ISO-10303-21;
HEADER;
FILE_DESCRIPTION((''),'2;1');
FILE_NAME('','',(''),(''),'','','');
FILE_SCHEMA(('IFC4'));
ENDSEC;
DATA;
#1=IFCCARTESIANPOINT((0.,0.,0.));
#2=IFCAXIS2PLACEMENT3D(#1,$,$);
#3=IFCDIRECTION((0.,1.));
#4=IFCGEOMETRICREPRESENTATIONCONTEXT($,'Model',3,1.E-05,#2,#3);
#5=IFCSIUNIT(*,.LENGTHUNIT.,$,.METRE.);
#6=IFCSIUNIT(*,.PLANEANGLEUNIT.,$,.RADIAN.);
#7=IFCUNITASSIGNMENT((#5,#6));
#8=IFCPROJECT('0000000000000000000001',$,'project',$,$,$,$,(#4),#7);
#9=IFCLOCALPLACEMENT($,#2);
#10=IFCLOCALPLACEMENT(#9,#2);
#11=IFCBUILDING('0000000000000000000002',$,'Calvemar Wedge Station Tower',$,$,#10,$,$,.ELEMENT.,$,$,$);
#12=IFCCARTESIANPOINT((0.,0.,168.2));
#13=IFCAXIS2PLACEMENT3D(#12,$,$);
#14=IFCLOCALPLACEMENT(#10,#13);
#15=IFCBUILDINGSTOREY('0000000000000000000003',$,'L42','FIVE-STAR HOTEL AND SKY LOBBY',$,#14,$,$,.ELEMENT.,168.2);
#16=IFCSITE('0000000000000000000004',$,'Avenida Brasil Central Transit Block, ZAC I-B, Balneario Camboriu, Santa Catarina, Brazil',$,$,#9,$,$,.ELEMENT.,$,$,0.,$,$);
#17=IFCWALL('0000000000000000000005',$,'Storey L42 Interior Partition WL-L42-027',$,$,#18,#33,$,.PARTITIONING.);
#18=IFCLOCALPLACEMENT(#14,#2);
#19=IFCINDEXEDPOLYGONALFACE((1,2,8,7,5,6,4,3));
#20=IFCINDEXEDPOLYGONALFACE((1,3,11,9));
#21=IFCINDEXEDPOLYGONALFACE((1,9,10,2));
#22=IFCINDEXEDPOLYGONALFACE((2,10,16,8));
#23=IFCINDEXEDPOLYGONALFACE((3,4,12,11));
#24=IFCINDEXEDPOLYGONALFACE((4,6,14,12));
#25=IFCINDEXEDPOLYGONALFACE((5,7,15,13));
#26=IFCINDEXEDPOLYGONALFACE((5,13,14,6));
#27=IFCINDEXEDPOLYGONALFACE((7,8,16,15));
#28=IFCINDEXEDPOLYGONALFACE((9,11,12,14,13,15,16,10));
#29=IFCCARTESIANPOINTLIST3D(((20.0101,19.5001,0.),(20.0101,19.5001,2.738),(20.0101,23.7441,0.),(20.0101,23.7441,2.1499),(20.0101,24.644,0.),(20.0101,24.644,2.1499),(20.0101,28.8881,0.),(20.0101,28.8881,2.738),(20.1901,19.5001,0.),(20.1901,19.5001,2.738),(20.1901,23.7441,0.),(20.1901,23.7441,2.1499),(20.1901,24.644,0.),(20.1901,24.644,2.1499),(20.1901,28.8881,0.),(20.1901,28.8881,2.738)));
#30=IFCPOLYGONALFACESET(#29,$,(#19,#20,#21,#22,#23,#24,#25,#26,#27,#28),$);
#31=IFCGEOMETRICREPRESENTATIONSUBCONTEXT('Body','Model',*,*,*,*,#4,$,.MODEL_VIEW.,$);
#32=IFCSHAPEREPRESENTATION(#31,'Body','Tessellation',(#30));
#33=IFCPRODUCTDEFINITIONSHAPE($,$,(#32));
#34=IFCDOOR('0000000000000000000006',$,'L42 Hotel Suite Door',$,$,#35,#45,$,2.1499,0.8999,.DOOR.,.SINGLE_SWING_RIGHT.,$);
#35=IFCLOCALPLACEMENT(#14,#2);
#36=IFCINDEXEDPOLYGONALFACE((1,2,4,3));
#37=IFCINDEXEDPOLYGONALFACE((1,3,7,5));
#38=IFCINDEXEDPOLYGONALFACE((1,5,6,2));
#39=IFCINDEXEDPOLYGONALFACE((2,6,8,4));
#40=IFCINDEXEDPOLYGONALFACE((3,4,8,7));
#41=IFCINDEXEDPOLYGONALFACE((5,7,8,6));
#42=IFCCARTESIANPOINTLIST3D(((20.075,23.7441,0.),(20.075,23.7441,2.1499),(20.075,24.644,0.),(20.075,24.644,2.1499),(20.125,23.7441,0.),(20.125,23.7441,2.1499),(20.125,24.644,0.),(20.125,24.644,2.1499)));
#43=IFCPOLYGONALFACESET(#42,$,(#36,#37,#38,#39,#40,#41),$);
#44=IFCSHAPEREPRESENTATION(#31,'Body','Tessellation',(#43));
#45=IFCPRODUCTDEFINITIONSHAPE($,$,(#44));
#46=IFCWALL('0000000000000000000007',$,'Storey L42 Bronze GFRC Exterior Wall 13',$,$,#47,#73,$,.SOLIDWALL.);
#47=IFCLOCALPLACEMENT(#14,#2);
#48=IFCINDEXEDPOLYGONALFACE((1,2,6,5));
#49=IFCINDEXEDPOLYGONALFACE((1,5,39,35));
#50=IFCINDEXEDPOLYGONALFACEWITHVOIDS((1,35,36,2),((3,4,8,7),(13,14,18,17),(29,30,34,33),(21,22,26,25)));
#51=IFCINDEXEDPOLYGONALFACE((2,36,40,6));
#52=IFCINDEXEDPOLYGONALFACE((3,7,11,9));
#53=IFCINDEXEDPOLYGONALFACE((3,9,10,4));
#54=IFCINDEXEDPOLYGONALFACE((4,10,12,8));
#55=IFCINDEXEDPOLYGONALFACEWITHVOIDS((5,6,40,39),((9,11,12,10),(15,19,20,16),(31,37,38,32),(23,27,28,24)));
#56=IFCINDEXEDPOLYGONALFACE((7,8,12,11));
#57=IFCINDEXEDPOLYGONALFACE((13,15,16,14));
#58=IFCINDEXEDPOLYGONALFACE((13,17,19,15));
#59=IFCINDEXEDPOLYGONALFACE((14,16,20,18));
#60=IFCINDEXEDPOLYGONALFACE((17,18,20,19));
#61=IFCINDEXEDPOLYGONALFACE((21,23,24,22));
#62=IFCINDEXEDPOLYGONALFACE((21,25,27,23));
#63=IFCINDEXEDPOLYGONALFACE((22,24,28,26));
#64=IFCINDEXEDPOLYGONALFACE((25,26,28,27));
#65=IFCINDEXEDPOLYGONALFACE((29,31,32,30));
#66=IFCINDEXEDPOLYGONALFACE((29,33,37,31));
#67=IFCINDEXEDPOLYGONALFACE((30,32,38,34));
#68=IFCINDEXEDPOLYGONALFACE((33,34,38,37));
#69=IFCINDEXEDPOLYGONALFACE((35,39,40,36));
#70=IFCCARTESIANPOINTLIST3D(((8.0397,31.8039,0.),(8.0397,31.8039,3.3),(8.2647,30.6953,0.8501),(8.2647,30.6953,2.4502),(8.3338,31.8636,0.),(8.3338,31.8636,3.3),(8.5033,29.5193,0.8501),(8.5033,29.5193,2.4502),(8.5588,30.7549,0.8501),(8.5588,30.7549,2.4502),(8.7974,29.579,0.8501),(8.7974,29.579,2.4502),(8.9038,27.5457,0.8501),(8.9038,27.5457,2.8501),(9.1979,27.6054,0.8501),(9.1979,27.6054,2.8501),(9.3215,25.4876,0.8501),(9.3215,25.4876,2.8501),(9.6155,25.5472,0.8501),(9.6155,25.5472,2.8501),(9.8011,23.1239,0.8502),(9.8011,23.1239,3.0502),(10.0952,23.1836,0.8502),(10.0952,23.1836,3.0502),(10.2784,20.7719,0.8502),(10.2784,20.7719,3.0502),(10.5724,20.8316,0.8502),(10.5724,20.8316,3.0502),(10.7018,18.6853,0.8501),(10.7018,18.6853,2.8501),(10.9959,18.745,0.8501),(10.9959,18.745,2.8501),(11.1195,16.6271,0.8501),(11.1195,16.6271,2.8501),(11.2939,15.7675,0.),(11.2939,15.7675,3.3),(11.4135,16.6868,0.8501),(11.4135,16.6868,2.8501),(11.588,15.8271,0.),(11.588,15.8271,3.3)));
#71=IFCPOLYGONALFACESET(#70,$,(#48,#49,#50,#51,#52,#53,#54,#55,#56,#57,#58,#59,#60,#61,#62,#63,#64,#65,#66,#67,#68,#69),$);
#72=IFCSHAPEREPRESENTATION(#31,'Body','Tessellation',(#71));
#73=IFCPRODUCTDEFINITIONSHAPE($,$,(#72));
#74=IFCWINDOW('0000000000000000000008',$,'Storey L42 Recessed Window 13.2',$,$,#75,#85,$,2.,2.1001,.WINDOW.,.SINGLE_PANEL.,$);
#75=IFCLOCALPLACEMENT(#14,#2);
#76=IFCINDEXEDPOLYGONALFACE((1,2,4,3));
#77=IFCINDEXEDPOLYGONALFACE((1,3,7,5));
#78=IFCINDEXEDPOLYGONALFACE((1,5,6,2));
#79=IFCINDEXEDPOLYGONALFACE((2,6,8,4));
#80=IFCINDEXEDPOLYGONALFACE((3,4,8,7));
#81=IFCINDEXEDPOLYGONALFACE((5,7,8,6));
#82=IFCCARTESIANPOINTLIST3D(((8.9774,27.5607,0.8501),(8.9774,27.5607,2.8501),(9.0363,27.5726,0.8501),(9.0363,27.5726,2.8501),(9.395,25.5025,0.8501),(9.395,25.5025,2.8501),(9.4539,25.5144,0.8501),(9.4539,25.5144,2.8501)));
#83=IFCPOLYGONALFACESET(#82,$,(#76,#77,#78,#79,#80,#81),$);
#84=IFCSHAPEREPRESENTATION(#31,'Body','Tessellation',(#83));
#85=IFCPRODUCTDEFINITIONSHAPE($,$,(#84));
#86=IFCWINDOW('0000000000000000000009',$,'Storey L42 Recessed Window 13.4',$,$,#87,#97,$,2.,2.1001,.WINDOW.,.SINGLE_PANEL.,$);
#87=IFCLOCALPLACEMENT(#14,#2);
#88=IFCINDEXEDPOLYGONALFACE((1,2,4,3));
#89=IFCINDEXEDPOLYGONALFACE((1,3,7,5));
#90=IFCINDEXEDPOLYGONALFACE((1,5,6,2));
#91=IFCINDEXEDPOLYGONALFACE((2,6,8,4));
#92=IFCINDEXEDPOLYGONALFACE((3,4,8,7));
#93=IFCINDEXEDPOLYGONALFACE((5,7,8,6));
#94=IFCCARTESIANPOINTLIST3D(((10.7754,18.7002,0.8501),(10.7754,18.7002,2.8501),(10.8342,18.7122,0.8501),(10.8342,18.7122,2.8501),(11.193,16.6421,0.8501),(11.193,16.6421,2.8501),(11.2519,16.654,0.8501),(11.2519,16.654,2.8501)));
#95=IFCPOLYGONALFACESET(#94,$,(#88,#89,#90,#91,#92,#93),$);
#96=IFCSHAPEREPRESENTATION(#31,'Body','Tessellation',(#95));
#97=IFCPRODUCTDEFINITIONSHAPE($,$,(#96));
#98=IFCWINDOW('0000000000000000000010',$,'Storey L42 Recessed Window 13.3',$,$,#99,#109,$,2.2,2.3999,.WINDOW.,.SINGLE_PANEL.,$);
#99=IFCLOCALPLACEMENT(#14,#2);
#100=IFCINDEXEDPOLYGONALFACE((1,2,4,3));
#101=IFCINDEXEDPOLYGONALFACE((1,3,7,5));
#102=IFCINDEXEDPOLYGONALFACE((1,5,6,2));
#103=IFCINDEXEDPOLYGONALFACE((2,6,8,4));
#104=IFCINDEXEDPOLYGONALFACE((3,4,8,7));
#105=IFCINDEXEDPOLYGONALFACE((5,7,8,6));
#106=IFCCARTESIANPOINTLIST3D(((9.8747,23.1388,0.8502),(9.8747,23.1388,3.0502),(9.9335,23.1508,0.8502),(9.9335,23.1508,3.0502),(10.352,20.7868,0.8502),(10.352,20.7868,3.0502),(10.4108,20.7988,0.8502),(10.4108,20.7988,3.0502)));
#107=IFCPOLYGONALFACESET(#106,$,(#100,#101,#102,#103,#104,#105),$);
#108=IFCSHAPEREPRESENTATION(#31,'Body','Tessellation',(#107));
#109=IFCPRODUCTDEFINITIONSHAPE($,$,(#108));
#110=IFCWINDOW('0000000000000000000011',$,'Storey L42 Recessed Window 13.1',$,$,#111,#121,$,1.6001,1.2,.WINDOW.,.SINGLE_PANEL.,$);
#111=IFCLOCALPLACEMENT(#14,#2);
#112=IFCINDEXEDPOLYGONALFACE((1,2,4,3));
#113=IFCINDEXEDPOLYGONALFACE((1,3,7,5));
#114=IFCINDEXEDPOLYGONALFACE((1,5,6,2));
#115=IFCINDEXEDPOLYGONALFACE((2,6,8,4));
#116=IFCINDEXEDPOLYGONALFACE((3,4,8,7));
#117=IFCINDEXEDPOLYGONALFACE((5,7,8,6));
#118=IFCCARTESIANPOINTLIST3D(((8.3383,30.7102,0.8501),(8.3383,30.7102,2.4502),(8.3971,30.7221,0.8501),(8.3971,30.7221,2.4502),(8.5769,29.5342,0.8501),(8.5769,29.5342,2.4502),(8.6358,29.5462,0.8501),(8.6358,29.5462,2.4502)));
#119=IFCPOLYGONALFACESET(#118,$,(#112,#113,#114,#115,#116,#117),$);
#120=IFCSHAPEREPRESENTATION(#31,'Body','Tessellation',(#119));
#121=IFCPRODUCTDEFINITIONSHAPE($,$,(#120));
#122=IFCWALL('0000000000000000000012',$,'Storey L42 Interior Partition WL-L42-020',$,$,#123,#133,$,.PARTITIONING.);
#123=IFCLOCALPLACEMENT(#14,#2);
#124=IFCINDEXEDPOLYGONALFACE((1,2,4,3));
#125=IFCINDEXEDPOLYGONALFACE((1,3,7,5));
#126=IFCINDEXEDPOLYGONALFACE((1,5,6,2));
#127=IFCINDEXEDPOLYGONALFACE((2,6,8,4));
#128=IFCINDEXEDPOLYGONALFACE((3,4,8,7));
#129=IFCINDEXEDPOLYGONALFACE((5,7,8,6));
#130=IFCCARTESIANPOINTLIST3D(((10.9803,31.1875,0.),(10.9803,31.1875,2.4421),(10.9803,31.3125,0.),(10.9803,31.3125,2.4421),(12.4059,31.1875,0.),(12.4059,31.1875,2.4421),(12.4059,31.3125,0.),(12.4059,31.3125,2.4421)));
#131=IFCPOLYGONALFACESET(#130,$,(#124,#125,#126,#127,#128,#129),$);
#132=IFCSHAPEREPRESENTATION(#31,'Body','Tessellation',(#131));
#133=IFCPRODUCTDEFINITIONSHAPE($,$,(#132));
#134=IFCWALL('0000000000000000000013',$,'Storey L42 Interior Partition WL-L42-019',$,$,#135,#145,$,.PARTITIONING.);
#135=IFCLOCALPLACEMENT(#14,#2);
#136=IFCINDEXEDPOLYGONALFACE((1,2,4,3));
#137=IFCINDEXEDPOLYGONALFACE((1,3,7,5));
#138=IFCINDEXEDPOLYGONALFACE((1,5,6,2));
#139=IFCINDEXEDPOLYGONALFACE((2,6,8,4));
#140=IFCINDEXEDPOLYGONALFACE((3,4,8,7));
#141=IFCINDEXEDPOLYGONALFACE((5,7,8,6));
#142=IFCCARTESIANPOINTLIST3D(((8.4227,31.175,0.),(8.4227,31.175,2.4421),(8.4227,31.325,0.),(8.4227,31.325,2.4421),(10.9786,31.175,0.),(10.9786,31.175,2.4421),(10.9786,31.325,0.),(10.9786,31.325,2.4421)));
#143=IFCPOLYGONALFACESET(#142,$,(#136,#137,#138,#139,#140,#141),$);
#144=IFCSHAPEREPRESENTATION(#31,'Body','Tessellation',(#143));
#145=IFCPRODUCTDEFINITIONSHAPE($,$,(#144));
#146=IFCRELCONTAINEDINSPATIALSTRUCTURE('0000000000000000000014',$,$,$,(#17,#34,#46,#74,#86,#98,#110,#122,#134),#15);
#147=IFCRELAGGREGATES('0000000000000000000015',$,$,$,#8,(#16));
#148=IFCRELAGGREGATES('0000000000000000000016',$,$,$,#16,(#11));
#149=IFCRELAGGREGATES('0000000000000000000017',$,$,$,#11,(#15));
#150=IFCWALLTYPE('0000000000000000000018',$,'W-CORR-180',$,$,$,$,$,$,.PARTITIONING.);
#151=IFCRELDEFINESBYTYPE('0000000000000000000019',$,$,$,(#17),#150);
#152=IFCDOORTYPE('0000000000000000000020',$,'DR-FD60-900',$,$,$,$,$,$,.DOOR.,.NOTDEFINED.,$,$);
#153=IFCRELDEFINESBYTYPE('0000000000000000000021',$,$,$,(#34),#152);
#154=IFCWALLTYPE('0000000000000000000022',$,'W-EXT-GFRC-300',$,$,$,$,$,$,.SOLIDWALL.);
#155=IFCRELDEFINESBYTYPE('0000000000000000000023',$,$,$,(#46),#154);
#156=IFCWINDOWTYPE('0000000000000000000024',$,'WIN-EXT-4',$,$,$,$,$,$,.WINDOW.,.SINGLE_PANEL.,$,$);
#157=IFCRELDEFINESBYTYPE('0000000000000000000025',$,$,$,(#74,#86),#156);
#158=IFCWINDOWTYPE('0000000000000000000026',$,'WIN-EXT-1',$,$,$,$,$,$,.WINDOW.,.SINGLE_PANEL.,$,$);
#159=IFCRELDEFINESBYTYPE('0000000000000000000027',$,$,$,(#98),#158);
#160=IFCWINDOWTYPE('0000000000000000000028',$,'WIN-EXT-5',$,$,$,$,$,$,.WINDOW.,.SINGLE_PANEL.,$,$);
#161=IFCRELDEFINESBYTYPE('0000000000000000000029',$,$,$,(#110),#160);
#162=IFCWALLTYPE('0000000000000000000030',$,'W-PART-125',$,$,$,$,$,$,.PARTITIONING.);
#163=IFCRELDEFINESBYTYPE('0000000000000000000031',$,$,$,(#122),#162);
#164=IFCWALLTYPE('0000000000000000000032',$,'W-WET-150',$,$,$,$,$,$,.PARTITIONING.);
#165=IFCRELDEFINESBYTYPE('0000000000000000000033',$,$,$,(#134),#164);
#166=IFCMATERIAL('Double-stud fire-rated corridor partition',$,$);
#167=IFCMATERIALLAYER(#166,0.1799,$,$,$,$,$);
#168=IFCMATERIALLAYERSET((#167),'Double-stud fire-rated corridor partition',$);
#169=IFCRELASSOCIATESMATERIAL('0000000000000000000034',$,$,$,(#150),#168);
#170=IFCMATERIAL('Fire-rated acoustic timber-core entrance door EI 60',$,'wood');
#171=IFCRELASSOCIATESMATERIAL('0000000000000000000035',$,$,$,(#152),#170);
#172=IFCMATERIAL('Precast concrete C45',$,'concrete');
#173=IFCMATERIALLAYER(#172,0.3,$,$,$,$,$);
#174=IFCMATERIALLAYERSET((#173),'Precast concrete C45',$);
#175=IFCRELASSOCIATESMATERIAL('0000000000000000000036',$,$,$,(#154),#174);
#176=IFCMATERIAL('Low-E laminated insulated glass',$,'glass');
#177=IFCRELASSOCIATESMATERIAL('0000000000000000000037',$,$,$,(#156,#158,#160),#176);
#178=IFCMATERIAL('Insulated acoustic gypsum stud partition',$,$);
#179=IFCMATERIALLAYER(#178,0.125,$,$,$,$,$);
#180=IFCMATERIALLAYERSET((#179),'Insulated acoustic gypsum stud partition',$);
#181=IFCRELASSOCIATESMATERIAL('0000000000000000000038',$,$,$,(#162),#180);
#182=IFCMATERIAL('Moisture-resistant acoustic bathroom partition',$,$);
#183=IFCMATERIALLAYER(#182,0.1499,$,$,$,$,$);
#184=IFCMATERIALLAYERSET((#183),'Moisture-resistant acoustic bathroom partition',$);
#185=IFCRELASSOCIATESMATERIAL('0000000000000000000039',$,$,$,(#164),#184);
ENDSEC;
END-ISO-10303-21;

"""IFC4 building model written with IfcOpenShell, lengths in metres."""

from ifc_helpers import new_model, si_unit, direction, frame, frame_2d, origin, place, context, subcontext, project, spatial, rectangle, extrude, source, transform, mapped, material, layer, layer_set, type_object, element, fill, save


model = new_model("IFC4")

# Units and contexts
model_context = context("Model", 3, precision=1e-05, world=origin(), true_north=direction((0.0, 1.0)))
body_context = subcontext(model_context, "Body", "Model", "MODEL_VIEW")
ifc_project = project(units=[si_unit("LENGTHUNIT", "METRE"), si_unit("PLANEANGLEUNIT", "RADIAN")], contexts=[model_context])

# Site, building, storey
site_placement = place(None, origin())
site = spatial("IfcSite", under=ifc_project, at=site_placement, Name="Avenida Brasil Central Transit Block, ZAC I-B, Balneario Camboriu, Santa Catarina, Brazil", CompositionType="ELEMENT", RefElevation=0.0)
building_placement = place(site_placement, origin())
building = spatial("IfcBuilding", under=site, at=building_placement, Name="Calvemar Wedge Station Tower", CompositionType="ELEMENT")
storey_placement = place(building_placement, frame((0.0, 0.0, 168.2)))
storey = spatial("IfcBuildingStorey", under=building, at=storey_placement, Name="L42", Description="FIVE-STAR HOTEL AND SKY LOBBY", CompositionType="ELEMENT", Elevation=168.2)

# Shared definitions
ifc_material_1 = material(Name="Double-stud fire-rated corridor partition")
ifc_layer_1 = layer(ifc_material_1, 0.1799)
ifc_layer_set_1 = layer_set([ifc_layer_1], Name="Double-stud fire-rated corridor partition")
wall_type_1 = type_object("IfcWallType", Name="W-CORR-180", PredefinedType="PARTITIONING", material=ifc_layer_set_1)

# Wall, opening, door
wall_1_placement = place(storey_placement, frame((20.1001, 28.8879, 0.0), z_axis=(0.0, 0.0, 1.0), x_axis=(0.0, -1.0, 0.0)))
wall_1 = element("IfcWall", 1, at=wall_1_placement, inside=storey, type_object=wall_type_1, Name="Storey L42 Interior Partition WL-L42-027", PredefinedType="PARTITIONING", context=body_context, shape_type="SweptSolid", body=[
    extrude(rectangle(XDim=9.3879, YDim=0.1799, at=frame_2d((4.6938, 0.0))), origin(), (0.0, 0.0, 1.0), 2.738),
])
shared_shape_1 = source(origin(), body_context, "Body", "SweptSolid", [
    extrude(rectangle(XDim=0.8999, YDim=2.1499, at=frame_2d((0.45, 1.075))), frame((0.0, 0.1001, 0.0), z_axis=(0.0, -1.0, 0.0), x_axis=(1.0, 0.0, 0.0)), (0.0, 0.0, 1.0), 0.2),
])
opening_1_placement = place(wall_1_placement, frame((4.2439, 0.0, 0.0)))
opening_1 = element("IfcOpeningElement", 2, at=opening_1_placement, cuts=wall_1, PredefinedType="OPENING", context=body_context, shape_type="MappedRepresentation", body=[
    mapped(shared_shape_1, transform((0.0, 0.0, 0.0), scale=1.0)),
])
ifc_material_2 = material(Name="Fire-rated acoustic timber-core entrance door EI 60", Category="wood")
door_type_1 = type_object("IfcDoorType", Name="DR-FD60-900", OperationType="NOTDEFINED", PredefinedType="DOOR", material=ifc_material_2)
shared_shape_2 = source(origin(), body_context, "Body", "SweptSolid", [
    extrude(rectangle(XDim=0.8999, YDim=2.1499, at=frame_2d((0.45, 1.075))), frame((0.0, 0.0249, 0.0), z_axis=(0.0, -1.0, 0.0), x_axis=(1.0, 0.0, 0.0)), (0.0, 0.0, 1.0), 0.05),
])
door_1_placement = place(opening_1_placement, origin())
door_1 = element("IfcDoor", 3, at=door_1_placement, inside=storey, type_object=door_type_1, Name="L42 Hotel Suite Door", OperationType="SINGLE_SWING_RIGHT", OverallHeight=2.1499, OverallWidth=0.8999, PredefinedType="DOOR", context=body_context, shape_type="MappedRepresentation", body=[
    mapped(shared_shape_2, transform((0.0, 0.0, 0.0), scale=1.0)),
])
fill(opening_1, door_1)

# Wall, openings, windows
ifc_material_3 = material(Name="Precast concrete C45", Category="concrete")
ifc_layer_2 = layer(ifc_material_3, 0.3)
ifc_layer_set_2 = layer_set([ifc_layer_2], Name="Precast concrete C45")
wall_type_2 = type_object("IfcWallType", Name="W-EXT-GFRC-300", PredefinedType="SOLIDWALL", material=ifc_layer_set_2)
wall_2_placement = place(storey_placement, frame((8.1868, 31.8337, 0.0), z_axis=(0.0, 0.0, 1.0), x_axis=(0.19887, -0.980026, 0.0)))
wall_2 = element("IfcWall", 4, at=wall_2_placement, inside=storey, type_object=wall_type_2, Name="Storey L42 Bronze GFRC Exterior Wall 13", PredefinedType="SOLIDWALL", context=body_context, shape_type="SweptSolid", body=[
    extrude(rectangle(XDim=16.3633, YDim=0.3, at=frame_2d((8.1816, 0.0))), origin(), (0.0, 0.0, 1.0), 3.3),
])
shared_shape_3 = source(origin(), body_context, "Body", "SweptSolid", [
    extrude(rectangle(XDim=1.2, YDim=1.6001, at=frame_2d((0.6001, 0.8))), frame((0.0, 0.1602, 0.0), z_axis=(0.0, -1.0, 0.0), x_axis=(1.0, 0.0, 0.0)), (0.0, 0.0, 1.0), 0.3201),
])
opening_2_placement = place(wall_2_placement, frame((1.1311, 0.0, 0.8501)))
opening_2 = element("IfcOpeningElement", 5, at=opening_2_placement, cuts=wall_2, PredefinedType="OPENING", context=body_context, shape_type="MappedRepresentation", body=[
    mapped(shared_shape_3, transform((0.0, 0.0, 0.0), scale=1.0)),
])
shared_shape_4 = source(origin(), body_context, "Body", "SweptSolid", [
    extrude(rectangle(XDim=2.1001, YDim=2.0, at=frame_2d((1.05, 1.0))), frame((0.0, 0.1602, 0.0), z_axis=(0.0, -1.0, 0.0), x_axis=(1.0, 0.0, 0.0)), (0.0, 0.0, 1.0), 0.3201),
])
opening_3_placement = place(wall_2_placement, frame((4.345, 0.0, 0.8501)))
opening_3 = element("IfcOpeningElement", 6, at=opening_3_placement, cuts=wall_2, PredefinedType="OPENING", context=body_context, shape_type="MappedRepresentation", body=[
    mapped(shared_shape_4, transform((0.0, 0.0, 0.0), scale=1.0)),
])
shared_shape_5 = source(origin(), body_context, "Body", "SweptSolid", [
    extrude(rectangle(XDim=2.3999, YDim=2.2, at=frame_2d((1.2, 1.1001))), frame((0.0, 0.1602, 0.0), z_axis=(0.0, -1.0, 0.0), x_axis=(1.0, 0.0, 0.0)), (0.0, 0.0, 1.0), 0.3201),
])
opening_4_placement = place(wall_2_placement, frame((8.8569, 0.0, 0.8501)))
opening_4 = element("IfcOpeningElement", 7, at=opening_4_placement, cuts=wall_2, PredefinedType="OPENING", context=body_context, shape_type="MappedRepresentation", body=[
    mapped(shared_shape_5, transform((0.0, 0.0, 0.0), scale=1.0)),
])
opening_5_placement = place(wall_2_placement, frame((13.386, 0.0, 0.8501)))
opening_5 = element("IfcOpeningElement", 8, at=opening_5_placement, cuts=wall_2, PredefinedType="OPENING", context=body_context, shape_type="MappedRepresentation", body=[
    mapped(shared_shape_4, transform((0.0, 0.0, 0.0), scale=1.0)),
])
ifc_material_4 = material(Name="Low-E laminated insulated glass", Category="glass")
window_type_1 = type_object("IfcWindowType", Name="WIN-EXT-4", PartitioningType="SINGLE_PANEL", PredefinedType="WINDOW", material=ifc_material_4)
shared_shape_6 = source(origin(), body_context, "Body", "SweptSolid", [
    extrude(rectangle(XDim=2.1001, YDim=2.0, at=frame_2d((1.05, 1.0))), frame((0.0, -0.0149, 0.0), z_axis=(0.0, -1.0, 0.0), x_axis=(1.0, 0.0, 0.0)), (0.0, 0.0, 1.0), 0.0601),
])
window_1_placement = place(opening_3_placement, origin())
window_1 = element("IfcWindow", 9, at=window_1_placement, inside=storey, type_object=window_type_1, Name="Storey L42 Recessed Window 13.2", OverallHeight=2.0, OverallWidth=2.1001, PartitioningType="SINGLE_PANEL", PredefinedType="WINDOW", context=body_context, shape_type="MappedRepresentation", body=[
    mapped(shared_shape_6, transform((0.0, 0.0, 0.0), scale=1.0)),
])
fill(opening_3, window_1)
window_2_placement = place(opening_5_placement, origin())
window_2 = element("IfcWindow", 10, at=window_2_placement, inside=storey, type_object=window_type_1, Name="Storey L42 Recessed Window 13.4", OverallHeight=2.0, OverallWidth=2.1001, PartitioningType="SINGLE_PANEL", PredefinedType="WINDOW", context=body_context, shape_type="MappedRepresentation", body=[
    mapped(shared_shape_6, transform((0.0, 0.0, 0.0), scale=1.0)),
])
fill(opening_5, window_2)
window_type_2 = type_object("IfcWindowType", Name="WIN-EXT-1", PartitioningType="SINGLE_PANEL", PredefinedType="WINDOW", material=ifc_material_4)
shared_shape_7 = source(origin(), body_context, "Body", "SweptSolid", [
    extrude(rectangle(XDim=2.3999, YDim=2.2, at=frame_2d((1.2, 1.1001))), frame((0.0, -0.0149, 0.0), z_axis=(0.0, -1.0, 0.0), x_axis=(1.0, 0.0, 0.0)), (0.0, 0.0, 1.0), 0.0601),
])
window_3_placement = place(opening_4_placement, origin())
window_3 = element("IfcWindow", 11, at=window_3_placement, inside=storey, type_object=window_type_2, Name="Storey L42 Recessed Window 13.3", OverallHeight=2.2, OverallWidth=2.3999, PartitioningType="SINGLE_PANEL", PredefinedType="WINDOW", context=body_context, shape_type="MappedRepresentation", body=[
    mapped(shared_shape_7, transform((0.0, 0.0, 0.0), scale=1.0)),
])
fill(opening_4, window_3)
window_type_3 = type_object("IfcWindowType", Name="WIN-EXT-5", PartitioningType="SINGLE_PANEL", PredefinedType="WINDOW", material=ifc_material_4)
shared_shape_8 = source(origin(), body_context, "Body", "SweptSolid", [
    extrude(rectangle(XDim=1.2, YDim=1.6001, at=frame_2d((0.6001, 0.8))), frame((0.0, -0.0149, 0.0), z_axis=(0.0, -1.0, 0.0), x_axis=(1.0, 0.0, 0.0)), (0.0, 0.0, 1.0), 0.0601),
])
window_4_placement = place(opening_2_placement, origin())
window_4 = element("IfcWindow", 12, at=window_4_placement, inside=storey, type_object=window_type_3, Name="Storey L42 Recessed Window 13.1", OverallHeight=1.6001, OverallWidth=1.2, PartitioningType="SINGLE_PANEL", PredefinedType="WINDOW", context=body_context, shape_type="MappedRepresentation", body=[
    mapped(shared_shape_8, transform((0.0, 0.0, 0.0), scale=1.0)),
])
fill(opening_2, window_4)

# Walls
ifc_material_5 = material(Name="Insulated acoustic gypsum stud partition")
ifc_layer_3 = layer(ifc_material_5, 0.125)
ifc_layer_set_3 = layer_set([ifc_layer_3], Name="Insulated acoustic gypsum stud partition")
wall_type_3 = type_object("IfcWallType", Name="W-PART-125", PredefinedType="PARTITIONING", material=ifc_layer_set_3)
wall_3_placement = place(storey_placement, frame((12.406, 31.25, 0.0), z_axis=(0.0, 0.0, 1.0), x_axis=(-1.0, 0.0, 0.0)))
element("IfcWall", 13, at=wall_3_placement, inside=storey, type_object=wall_type_3, Name="Storey L42 Interior Partition WL-L42-020", PredefinedType="PARTITIONING", context=body_context, shape_type="SweptSolid", body=[
    extrude(rectangle(XDim=1.4255, YDim=0.125, at=frame_2d((0.7129, 0.0))), origin(), (0.0, 0.0, 1.0), 2.4421),
])
ifc_material_6 = material(Name="Moisture-resistant acoustic bathroom partition")
ifc_layer_4 = layer(ifc_material_6, 0.1499)
ifc_layer_set_4 = layer_set([ifc_layer_4], Name="Moisture-resistant acoustic bathroom partition")
wall_type_4 = type_object("IfcWallType", Name="W-WET-150", PredefinedType="PARTITIONING", material=ifc_layer_set_4)
wall_4_placement = place(storey_placement, frame((10.9785, 31.25, 0.0), z_axis=(0.0, 0.0, 1.0), x_axis=(-1.0, 0.0, 0.0)))
element("IfcWall", 14, at=wall_4_placement, inside=storey, type_object=wall_type_4, Name="Storey L42 Interior Partition WL-L42-019", PredefinedType="PARTITIONING", context=body_context, shape_type="SweptSolid", body=[
    extrude(rectangle(XDim=2.5559, YDim=0.1499, at=frame_2d((1.2778, 0.0))), origin(), (0.0, 0.0, 1.0), 2.4421),
])

save(model, "model.ifc")
